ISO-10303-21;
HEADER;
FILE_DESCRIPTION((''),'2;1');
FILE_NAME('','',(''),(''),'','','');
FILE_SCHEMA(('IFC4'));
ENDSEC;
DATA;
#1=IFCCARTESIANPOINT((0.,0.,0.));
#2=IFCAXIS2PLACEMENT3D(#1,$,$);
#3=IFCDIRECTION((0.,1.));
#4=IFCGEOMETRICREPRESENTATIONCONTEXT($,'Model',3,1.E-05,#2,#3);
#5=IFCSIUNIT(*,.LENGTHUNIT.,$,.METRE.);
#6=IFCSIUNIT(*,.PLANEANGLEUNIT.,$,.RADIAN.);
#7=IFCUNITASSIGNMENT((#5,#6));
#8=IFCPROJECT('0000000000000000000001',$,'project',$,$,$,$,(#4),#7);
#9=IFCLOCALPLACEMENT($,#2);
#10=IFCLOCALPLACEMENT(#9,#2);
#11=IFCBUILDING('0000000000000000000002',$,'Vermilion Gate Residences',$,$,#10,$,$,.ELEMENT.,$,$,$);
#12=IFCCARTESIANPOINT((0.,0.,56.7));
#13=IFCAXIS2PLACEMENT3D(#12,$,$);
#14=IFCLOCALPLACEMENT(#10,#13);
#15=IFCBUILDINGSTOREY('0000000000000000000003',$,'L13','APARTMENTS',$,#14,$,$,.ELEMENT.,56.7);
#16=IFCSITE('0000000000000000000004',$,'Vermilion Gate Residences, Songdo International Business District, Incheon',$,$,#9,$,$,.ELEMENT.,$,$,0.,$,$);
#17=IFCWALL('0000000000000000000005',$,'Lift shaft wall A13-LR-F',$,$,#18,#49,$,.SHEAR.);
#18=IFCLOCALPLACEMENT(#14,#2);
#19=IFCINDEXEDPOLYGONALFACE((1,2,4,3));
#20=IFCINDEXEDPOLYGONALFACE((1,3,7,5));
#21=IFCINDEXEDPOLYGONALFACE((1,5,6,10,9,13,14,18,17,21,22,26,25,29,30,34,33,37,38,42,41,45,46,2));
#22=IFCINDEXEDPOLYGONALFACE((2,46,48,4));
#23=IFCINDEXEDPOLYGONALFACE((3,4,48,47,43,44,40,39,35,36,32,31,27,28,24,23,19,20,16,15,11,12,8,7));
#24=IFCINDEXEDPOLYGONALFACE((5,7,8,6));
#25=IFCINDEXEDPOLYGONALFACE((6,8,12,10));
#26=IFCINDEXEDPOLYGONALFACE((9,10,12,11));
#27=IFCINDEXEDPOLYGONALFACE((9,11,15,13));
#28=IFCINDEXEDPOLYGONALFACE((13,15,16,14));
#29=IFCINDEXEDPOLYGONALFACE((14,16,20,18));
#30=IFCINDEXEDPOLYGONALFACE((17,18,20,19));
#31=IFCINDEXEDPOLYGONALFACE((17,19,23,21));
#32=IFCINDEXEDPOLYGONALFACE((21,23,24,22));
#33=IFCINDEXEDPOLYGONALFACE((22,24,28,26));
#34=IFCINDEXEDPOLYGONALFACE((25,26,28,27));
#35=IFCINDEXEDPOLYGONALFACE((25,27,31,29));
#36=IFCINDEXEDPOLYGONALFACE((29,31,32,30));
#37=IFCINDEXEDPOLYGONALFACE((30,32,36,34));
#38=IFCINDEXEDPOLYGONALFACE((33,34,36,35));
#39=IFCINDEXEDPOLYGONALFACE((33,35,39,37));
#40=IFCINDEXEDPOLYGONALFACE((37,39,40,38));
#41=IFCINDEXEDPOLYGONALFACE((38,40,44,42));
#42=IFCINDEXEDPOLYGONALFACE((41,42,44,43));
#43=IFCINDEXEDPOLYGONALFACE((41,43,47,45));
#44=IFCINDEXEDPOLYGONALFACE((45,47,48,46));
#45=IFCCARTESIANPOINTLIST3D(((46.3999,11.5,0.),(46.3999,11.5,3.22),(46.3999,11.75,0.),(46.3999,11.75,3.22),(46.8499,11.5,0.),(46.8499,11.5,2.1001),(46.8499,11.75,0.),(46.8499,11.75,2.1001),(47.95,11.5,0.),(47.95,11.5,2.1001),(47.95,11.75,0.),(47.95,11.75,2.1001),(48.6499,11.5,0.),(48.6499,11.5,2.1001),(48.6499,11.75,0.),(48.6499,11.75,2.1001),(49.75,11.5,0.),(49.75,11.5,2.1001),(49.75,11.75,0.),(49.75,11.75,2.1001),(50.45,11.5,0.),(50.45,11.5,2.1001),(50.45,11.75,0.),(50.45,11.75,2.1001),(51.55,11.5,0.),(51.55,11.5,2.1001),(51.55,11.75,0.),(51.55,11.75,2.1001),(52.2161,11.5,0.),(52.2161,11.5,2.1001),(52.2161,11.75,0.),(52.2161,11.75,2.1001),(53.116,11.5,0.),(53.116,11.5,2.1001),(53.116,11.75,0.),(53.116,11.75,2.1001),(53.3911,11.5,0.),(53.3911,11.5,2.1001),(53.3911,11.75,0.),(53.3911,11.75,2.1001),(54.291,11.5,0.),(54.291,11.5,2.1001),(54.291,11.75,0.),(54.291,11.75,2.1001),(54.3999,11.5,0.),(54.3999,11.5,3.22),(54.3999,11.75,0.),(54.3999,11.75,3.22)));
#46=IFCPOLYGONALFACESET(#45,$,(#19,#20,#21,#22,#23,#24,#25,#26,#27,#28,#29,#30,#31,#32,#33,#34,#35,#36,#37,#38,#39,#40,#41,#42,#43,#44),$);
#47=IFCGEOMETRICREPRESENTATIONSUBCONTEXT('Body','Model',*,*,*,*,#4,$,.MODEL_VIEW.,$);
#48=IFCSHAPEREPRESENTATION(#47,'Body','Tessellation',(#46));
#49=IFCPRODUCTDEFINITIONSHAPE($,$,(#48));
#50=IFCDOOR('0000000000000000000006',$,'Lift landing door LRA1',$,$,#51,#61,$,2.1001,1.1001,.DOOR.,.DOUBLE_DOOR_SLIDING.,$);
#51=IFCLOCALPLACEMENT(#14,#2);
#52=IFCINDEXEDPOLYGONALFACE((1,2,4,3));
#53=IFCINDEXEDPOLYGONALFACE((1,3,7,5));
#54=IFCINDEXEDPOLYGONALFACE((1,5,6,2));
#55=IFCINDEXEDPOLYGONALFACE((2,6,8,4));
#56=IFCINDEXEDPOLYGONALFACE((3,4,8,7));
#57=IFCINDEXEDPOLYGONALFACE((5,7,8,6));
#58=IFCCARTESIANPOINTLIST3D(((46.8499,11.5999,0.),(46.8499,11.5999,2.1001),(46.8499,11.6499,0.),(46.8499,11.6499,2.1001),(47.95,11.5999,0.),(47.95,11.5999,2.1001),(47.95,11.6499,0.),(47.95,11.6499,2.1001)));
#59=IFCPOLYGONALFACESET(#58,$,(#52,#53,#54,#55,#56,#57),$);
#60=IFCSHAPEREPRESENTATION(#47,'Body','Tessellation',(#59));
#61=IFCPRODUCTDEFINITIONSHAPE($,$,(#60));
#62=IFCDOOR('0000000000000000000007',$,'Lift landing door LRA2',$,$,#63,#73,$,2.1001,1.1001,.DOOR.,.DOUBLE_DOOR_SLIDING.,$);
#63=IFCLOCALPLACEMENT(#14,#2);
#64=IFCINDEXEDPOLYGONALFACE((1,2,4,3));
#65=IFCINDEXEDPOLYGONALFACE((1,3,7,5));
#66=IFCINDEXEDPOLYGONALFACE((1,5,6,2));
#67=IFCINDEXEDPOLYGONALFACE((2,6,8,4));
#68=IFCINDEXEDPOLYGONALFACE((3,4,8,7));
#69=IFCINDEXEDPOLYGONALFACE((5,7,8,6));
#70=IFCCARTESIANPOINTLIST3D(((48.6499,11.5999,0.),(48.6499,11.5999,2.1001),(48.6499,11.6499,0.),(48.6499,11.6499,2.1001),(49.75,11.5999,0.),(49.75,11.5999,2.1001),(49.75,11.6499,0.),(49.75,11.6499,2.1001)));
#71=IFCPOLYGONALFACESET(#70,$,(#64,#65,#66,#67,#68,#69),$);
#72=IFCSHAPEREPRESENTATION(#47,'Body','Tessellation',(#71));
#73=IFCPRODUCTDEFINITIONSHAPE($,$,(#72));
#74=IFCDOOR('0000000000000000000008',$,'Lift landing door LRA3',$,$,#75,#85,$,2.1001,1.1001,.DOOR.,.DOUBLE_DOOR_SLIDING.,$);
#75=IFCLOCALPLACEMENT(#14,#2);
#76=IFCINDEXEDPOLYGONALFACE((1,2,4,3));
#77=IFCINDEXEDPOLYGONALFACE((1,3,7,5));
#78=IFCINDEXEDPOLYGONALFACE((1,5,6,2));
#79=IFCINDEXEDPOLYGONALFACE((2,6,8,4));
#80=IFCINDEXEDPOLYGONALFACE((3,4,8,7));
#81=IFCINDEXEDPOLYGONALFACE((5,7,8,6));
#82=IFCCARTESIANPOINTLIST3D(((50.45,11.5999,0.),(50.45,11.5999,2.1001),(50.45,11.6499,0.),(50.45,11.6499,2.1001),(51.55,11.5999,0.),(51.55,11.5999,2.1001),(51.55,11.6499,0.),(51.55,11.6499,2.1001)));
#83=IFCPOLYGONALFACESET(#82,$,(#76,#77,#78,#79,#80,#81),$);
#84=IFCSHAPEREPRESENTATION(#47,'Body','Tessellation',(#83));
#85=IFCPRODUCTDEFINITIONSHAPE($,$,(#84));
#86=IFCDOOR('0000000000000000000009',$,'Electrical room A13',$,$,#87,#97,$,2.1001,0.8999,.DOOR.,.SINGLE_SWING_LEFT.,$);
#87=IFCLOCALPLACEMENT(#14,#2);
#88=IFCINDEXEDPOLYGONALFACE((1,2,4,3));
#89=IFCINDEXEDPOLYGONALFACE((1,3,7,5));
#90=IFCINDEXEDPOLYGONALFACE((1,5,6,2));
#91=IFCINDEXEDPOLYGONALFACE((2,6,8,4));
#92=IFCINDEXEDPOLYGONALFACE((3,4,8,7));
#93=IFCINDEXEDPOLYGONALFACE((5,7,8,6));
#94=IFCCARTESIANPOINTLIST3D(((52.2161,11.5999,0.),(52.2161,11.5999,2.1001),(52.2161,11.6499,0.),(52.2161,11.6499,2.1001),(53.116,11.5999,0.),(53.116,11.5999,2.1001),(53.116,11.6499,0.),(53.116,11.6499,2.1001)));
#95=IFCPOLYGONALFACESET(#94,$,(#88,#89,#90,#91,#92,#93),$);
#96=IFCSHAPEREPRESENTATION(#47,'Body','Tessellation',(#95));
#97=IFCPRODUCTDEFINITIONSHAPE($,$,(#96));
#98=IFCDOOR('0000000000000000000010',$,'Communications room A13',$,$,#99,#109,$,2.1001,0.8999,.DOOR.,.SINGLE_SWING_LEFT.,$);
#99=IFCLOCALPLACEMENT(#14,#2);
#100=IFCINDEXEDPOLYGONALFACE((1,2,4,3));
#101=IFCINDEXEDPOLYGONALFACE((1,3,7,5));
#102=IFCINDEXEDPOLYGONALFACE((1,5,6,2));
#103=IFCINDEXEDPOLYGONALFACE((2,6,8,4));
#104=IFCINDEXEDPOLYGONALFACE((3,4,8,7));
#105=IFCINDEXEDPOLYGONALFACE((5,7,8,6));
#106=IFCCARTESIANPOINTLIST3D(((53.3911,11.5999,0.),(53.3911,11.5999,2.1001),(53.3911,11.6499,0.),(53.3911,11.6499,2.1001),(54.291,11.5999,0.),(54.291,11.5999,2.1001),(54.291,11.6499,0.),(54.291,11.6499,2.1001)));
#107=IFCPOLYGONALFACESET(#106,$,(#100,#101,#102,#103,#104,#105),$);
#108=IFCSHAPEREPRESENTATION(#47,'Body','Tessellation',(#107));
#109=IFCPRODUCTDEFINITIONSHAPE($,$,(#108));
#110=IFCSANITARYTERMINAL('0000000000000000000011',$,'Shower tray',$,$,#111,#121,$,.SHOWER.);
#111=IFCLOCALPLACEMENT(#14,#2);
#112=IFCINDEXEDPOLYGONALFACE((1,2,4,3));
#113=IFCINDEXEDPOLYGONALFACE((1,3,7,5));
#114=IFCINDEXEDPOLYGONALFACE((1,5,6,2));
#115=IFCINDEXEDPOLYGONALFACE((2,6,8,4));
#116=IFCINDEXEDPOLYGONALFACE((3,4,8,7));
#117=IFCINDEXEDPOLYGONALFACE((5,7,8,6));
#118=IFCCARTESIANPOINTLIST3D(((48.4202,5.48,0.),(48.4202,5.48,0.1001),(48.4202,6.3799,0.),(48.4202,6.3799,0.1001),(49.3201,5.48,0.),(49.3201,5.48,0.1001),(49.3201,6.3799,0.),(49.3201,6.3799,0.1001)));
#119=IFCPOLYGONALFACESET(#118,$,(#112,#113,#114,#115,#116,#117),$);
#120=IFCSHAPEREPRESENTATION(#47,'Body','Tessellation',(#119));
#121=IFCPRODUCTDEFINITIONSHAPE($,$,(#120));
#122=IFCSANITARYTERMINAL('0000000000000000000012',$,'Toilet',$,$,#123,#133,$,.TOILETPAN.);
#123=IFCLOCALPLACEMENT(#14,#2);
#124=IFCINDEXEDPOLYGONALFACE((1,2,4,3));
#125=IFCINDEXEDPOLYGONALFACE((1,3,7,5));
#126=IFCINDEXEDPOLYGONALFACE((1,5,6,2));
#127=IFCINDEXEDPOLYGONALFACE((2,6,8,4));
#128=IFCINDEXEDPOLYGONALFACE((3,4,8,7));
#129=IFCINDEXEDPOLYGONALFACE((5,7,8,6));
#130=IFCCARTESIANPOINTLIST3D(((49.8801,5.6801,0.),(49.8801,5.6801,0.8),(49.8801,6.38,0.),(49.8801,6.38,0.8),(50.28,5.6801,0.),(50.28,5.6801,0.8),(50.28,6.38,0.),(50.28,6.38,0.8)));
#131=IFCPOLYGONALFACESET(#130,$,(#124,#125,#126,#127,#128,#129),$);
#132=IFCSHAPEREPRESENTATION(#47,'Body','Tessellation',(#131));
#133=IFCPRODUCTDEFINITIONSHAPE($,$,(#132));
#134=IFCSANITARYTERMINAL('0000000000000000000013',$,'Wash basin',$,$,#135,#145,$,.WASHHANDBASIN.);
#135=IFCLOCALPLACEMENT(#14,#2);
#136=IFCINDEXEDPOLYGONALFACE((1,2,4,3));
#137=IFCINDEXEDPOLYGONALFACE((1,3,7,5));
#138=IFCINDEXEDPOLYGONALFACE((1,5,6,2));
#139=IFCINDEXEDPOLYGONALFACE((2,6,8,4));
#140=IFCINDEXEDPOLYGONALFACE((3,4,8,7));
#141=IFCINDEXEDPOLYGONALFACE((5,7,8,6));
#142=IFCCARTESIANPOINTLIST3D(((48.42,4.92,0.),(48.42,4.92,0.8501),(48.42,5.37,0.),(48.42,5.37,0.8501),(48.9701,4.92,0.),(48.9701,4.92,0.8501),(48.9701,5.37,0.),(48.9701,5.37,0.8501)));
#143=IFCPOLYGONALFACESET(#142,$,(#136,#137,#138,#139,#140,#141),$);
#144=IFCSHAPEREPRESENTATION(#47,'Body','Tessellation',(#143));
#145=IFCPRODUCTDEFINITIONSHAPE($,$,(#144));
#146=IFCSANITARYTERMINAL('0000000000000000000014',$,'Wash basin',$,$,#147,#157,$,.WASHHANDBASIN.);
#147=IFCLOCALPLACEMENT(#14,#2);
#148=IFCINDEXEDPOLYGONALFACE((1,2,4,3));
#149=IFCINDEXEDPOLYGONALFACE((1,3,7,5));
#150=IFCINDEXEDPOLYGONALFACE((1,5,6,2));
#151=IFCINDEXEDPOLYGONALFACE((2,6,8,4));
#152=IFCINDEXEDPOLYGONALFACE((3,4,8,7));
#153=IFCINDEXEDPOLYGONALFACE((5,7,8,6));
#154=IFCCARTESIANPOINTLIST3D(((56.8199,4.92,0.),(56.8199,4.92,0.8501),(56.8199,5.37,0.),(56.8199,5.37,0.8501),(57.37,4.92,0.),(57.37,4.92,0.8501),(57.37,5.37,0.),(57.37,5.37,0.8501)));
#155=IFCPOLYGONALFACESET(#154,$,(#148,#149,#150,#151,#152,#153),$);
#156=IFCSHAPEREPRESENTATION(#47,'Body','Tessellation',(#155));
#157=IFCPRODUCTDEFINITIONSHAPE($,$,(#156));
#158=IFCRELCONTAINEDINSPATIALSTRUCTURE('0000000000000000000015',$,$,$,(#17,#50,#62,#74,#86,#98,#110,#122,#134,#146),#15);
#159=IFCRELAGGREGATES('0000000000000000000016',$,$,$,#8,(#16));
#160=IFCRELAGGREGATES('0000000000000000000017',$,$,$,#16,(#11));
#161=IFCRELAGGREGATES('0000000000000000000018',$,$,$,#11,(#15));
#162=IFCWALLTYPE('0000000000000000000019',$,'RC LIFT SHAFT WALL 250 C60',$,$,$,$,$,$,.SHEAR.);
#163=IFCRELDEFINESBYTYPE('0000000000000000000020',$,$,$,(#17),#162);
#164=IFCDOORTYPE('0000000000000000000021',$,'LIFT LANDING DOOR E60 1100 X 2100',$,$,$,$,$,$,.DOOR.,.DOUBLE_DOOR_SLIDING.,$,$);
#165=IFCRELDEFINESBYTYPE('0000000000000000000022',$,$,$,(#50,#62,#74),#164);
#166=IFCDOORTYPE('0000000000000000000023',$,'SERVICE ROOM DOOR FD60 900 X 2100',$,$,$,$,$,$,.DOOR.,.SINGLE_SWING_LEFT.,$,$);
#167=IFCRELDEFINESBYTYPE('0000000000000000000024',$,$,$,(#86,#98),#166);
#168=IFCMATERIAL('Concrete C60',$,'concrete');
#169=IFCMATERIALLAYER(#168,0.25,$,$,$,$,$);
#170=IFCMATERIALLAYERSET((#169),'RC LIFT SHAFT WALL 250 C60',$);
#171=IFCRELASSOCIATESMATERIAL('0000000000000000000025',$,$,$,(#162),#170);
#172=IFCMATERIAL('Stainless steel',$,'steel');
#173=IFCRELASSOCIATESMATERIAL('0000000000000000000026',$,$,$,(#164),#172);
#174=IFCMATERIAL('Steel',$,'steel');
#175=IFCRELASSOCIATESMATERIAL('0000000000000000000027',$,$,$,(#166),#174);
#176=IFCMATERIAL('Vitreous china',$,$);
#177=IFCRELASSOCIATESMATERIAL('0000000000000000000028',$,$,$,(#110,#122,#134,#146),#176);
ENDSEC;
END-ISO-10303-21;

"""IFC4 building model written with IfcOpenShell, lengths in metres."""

from ifc_helpers import new_model, si_unit, direction, frame, frame_2d, origin, origin_2d, place, context, subcontext, project, spatial, rectangle, extrude, material, layer, layer_set, type_object, element, fill, save


model = new_model("IFC4")

# Units and contexts
model_context = context("Model", 3, precision=1e-05, world=origin(), true_north=direction((0.0, 1.0)))
body_context = subcontext(model_context, "Body", "Model", "MODEL_VIEW")
ifc_project = project(units=[si_unit("LENGTHUNIT", "METRE"), si_unit("PLANEANGLEUNIT", "RADIAN")], contexts=[model_context])

# Site, building, storey
site_placement = place(None, origin())
site = spatial("IfcSite", under=ifc_project, at=site_placement, Name="Vermilion Gate Residences, Songdo International Business District, Incheon", CompositionType="ELEMENT", RefElevation=0.0)
building_placement = place(site_placement, origin())
building = spatial("IfcBuilding", under=site, at=building_placement, Name="Vermilion Gate Residences", CompositionType="ELEMENT")
storey_placement = place(building_placement, frame((0.0, 0.0, 56.7)))
storey = spatial("IfcBuildingStorey", under=building, at=storey_placement, Name="L13", Description="APARTMENTS", CompositionType="ELEMENT", Elevation=56.7)

# Wall, openings, doors
ifc_material_1 = material(Name="Concrete C60", Category="concrete")
ifc_layer_1 = layer(ifc_material_1, 0.25)
ifc_layer_set_1 = layer_set([ifc_layer_1], Name="RC LIFT SHAFT WALL 250 C60")
wall_type_1 = type_object("IfcWallType", Name="RC LIFT SHAFT WALL 250 C60", PredefinedType="SHEAR", material=ifc_layer_set_1)
wall_1_placement = place(storey_placement, frame((46.3999, 11.625, 0.0), z_axis=(0.0, 0.0, 1.0), x_axis=(1.0, 0.0, 0.0)))
wall_1 = element("IfcWall", 1, at=wall_1_placement, inside=storey, type_object=wall_type_1, Name="Lift shaft wall A13-LR-F", PredefinedType="SHEAR", context=body_context, shape_type="SweptSolid", body=[
    extrude(rectangle(XDim=8.0, YDim=0.25, at=frame_2d((4.0, 0.0))), origin(), (0.0, 0.0, 1.0), 3.22),
])
opening_1_placement = place(wall_1_placement, frame((0.45, 0.0, 0.0)))
opening_1 = element("IfcOpeningElement", 2, at=opening_1_placement, cuts=wall_1, PredefinedType="OPENING", context=body_context, shape_type="SweptSolid", body=[
    extrude(rectangle(XDim=1.1001, YDim=2.1001, at=frame_2d((0.55, 1.05))), frame((0.0, 0.135, 0.0), z_axis=(0.0, -1.0, 0.0), x_axis=(1.0, 0.0, 0.0)), (0.0, 0.0, 1.0), 0.27),
])
opening_2_placement = place(wall_1_placement, frame((2.25, 0.0, 0.0)))
opening_2 = element("IfcOpeningElement", 3, at=opening_2_placement, cuts=wall_1, PredefinedType="OPENING", context=body_context, shape_type="SweptSolid", body=[
    extrude(rectangle(XDim=1.1001, YDim=2.1001, at=frame_2d((0.55, 1.05))), frame((0.0, 0.135, 0.0), z_axis=(0.0, -1.0, 0.0), x_axis=(1.0, 0.0, 0.0)), (0.0, 0.0, 1.0), 0.27),
])
opening_3_placement = place(wall_1_placement, frame((4.05, 0.0, 0.0)))
opening_3 = element("IfcOpeningElement", 4, at=opening_3_placement, cuts=wall_1, PredefinedType="OPENING", context=body_context, shape_type="SweptSolid", body=[
    extrude(rectangle(XDim=1.1001, YDim=2.1001, at=frame_2d((0.55, 1.05))), frame((0.0, 0.135, 0.0), z_axis=(0.0, -1.0, 0.0), x_axis=(1.0, 0.0, 0.0)), (0.0, 0.0, 1.0), 0.27),
])
opening_4_placement = place(wall_1_placement, frame((5.8162, 0.0, 0.0)))
opening_4 = element("IfcOpeningElement", 5, at=opening_4_placement, cuts=wall_1, PredefinedType="OPENING", context=body_context, shape_type="SweptSolid", body=[
    extrude(rectangle(XDim=0.8999, YDim=2.1001, at=frame_2d((0.45, 1.05))), frame((0.0, 0.135, 0.0), z_axis=(0.0, -1.0, 0.0), x_axis=(1.0, 0.0, 0.0)), (0.0, 0.0, 1.0), 0.27),
])
opening_5_placement = place(wall_1_placement, frame((6.9912, 0.0, 0.0)))
opening_5 = element("IfcOpeningElement", 6, at=opening_5_placement, cuts=wall_1, PredefinedType="OPENING", context=body_context, shape_type="SweptSolid", body=[
    extrude(rectangle(XDim=0.8999, YDim=2.1001, at=frame_2d((0.45, 1.05))), frame((0.0, 0.135, 0.0), z_axis=(0.0, -1.0, 0.0), x_axis=(1.0, 0.0, 0.0)), (0.0, 0.0, 1.0), 0.27),
])
ifc_material_2 = material(Name="Stainless steel", Category="steel")
door_type_1 = type_object("IfcDoorType", Name="LIFT LANDING DOOR E60 1100 X 2100", OperationType="DOUBLE_DOOR_SLIDING", PredefinedType="DOOR", material=ifc_material_2)
door_1_placement = place(opening_1_placement, origin())
door_1 = element("IfcDoor", 7, at=door_1_placement, inside=storey, type_object=door_type_1, Name="Lift landing door LRA1", OperationType="DOUBLE_DOOR_SLIDING", OverallHeight=2.1001, OverallWidth=1.1001, PredefinedType="DOOR", context=body_context, shape_type="SweptSolid", body=[
    extrude(rectangle(XDim=1.1001, YDim=2.1001, at=frame_2d((0.55, 1.05))), frame((0.0, 0.0249, 0.0), z_axis=(0.0, -1.0, 0.0), x_axis=(1.0, 0.0, 0.0)), (0.0, 0.0, 1.0), 0.05),
])
fill(opening_1, door_1)
door_2_placement = place(opening_2_placement, origin())
door_2 = element("IfcDoor", 8, at=door_2_placement, inside=storey, type_object=door_type_1, Name="Lift landing door LRA2", OperationType="DOUBLE_DOOR_SLIDING", OverallHeight=2.1001, OverallWidth=1.1001, PredefinedType="DOOR", context=body_context, shape_type="SweptSolid", body=[
    extrude(rectangle(XDim=1.1001, YDim=2.1001, at=frame_2d((0.55, 1.05))), frame((0.0, 0.0249, 0.0), z_axis=(0.0, -1.0, 0.0), x_axis=(1.0, 0.0, 0.0)), (0.0, 0.0, 1.0), 0.05),
])
fill(opening_2, door_2)
door_3_placement = place(opening_3_placement, origin())
door_3 = element("IfcDoor", 9, at=door_3_placement, inside=storey, type_object=door_type_1, Name="Lift landing door LRA3", OperationType="DOUBLE_DOOR_SLIDING", OverallHeight=2.1001, OverallWidth=1.1001, PredefinedType="DOOR", context=body_context, shape_type="SweptSolid", body=[
    extrude(rectangle(XDim=1.1001, YDim=2.1001, at=frame_2d((0.55, 1.05))), frame((0.0, 0.0249, 0.0), z_axis=(0.0, -1.0, 0.0), x_axis=(1.0, 0.0, 0.0)), (0.0, 0.0, 1.0), 0.05),
])
fill(opening_3, door_3)
ifc_material_3 = material(Name="Steel", Category="steel")
door_type_2 = type_object("IfcDoorType", Name="SERVICE ROOM DOOR FD60 900 X 2100", OperationType="SINGLE_SWING_LEFT", PredefinedType="DOOR", material=ifc_material_3)
door_4_placement = place(opening_4_placement, origin())
door_4 = element("IfcDoor", 10, at=door_4_placement, inside=storey, type_object=door_type_2, Name="Electrical room A13", OperationType="SINGLE_SWING_LEFT", OverallHeight=2.1001, OverallWidth=0.8999, PredefinedType="DOOR", context=body_context, shape_type="SweptSolid", body=[
    extrude(rectangle(XDim=0.8999, YDim=2.1001, at=frame_2d((0.45, 1.05))), frame((0.0, 0.0249, 0.0), z_axis=(0.0, -1.0, 0.0), x_axis=(1.0, 0.0, 0.0)), (0.0, 0.0, 1.0), 0.05),
])
fill(opening_4, door_4)
door_5_placement = place(opening_5_placement, origin())
door_5 = element("IfcDoor", 11, at=door_5_placement, inside=storey, type_object=door_type_2, Name="Communications room A13", OperationType="SINGLE_SWING_LEFT", OverallHeight=2.1001, OverallWidth=0.8999, PredefinedType="DOOR", context=body_context, shape_type="SweptSolid", body=[
    extrude(rectangle(XDim=0.8999, YDim=2.1001, at=frame_2d((0.45, 1.05))), frame((0.0, 0.0249, 0.0), z_axis=(0.0, -1.0, 0.0), x_axis=(1.0, 0.0, 0.0)), (0.0, 0.0, 1.0), 0.05),
])
fill(opening_5, door_5)

# Sanitary terminals
ifc_material_4 = material(Name="Vitreous china")
sanitary_terminal_1_placement = place(storey_placement, frame((48.8701, 5.9299, 0.0), z_axis=(0.0, 0.0, 1.0), x_axis=(1.0, 0.0, 0.0)))
element("IfcSanitaryTerminal", 12, at=sanitary_terminal_1_placement, inside=storey, material=ifc_material_4, Name="Shower tray", PredefinedType="SHOWER", context=body_context, shape_type="SweptSolid", body=[
    extrude(rectangle(XDim=0.8999, YDim=0.8999, at=origin_2d()), origin(), (0.0, 0.0, 1.0), 0.1001),
])
sanitary_terminal_2_placement = place(storey_placement, frame((50.0801, 6.03, 0.0), z_axis=(0.0, 0.0, 1.0), x_axis=(1.0, 0.0, 0.0)))
element("IfcSanitaryTerminal", 13, at=sanitary_terminal_2_placement, inside=storey, material=ifc_material_4, Name="Toilet", PredefinedType="TOILETPAN", context=body_context, shape_type="SweptSolid", body=[
    extrude(rectangle(XDim=0.3999, YDim=0.7, at=origin_2d()), origin(), (0.0, 0.0, 1.0), 0.8),
])
for number, where, z_axis, x_axis, name in (
    (14, (48.6951, 5.145, 0.0), (0.0, 0.0, 1.0), (1.0, 0.0, 0.0), "Wash basin"),
    (15, (57.095, 5.145, 0.0), (0.0, 0.0, 1.0), (1.0, 0.0, 0.0), "Wash basin"),
):
    element("IfcSanitaryTerminal", number, at=place(storey_placement, frame(where, z_axis=z_axis, x_axis=x_axis)), inside=storey, material=ifc_material_4, Name=name, PredefinedType="WASHHANDBASIN", context=body_context, shape_type="SweptSolid", body=[
        extrude(rectangle(XDim=0.55, YDim=0.45, at=origin_2d()), origin(), (0.0, 0.0, 1.0), 0.8501),
    ])

save(model, "model.ifc")
